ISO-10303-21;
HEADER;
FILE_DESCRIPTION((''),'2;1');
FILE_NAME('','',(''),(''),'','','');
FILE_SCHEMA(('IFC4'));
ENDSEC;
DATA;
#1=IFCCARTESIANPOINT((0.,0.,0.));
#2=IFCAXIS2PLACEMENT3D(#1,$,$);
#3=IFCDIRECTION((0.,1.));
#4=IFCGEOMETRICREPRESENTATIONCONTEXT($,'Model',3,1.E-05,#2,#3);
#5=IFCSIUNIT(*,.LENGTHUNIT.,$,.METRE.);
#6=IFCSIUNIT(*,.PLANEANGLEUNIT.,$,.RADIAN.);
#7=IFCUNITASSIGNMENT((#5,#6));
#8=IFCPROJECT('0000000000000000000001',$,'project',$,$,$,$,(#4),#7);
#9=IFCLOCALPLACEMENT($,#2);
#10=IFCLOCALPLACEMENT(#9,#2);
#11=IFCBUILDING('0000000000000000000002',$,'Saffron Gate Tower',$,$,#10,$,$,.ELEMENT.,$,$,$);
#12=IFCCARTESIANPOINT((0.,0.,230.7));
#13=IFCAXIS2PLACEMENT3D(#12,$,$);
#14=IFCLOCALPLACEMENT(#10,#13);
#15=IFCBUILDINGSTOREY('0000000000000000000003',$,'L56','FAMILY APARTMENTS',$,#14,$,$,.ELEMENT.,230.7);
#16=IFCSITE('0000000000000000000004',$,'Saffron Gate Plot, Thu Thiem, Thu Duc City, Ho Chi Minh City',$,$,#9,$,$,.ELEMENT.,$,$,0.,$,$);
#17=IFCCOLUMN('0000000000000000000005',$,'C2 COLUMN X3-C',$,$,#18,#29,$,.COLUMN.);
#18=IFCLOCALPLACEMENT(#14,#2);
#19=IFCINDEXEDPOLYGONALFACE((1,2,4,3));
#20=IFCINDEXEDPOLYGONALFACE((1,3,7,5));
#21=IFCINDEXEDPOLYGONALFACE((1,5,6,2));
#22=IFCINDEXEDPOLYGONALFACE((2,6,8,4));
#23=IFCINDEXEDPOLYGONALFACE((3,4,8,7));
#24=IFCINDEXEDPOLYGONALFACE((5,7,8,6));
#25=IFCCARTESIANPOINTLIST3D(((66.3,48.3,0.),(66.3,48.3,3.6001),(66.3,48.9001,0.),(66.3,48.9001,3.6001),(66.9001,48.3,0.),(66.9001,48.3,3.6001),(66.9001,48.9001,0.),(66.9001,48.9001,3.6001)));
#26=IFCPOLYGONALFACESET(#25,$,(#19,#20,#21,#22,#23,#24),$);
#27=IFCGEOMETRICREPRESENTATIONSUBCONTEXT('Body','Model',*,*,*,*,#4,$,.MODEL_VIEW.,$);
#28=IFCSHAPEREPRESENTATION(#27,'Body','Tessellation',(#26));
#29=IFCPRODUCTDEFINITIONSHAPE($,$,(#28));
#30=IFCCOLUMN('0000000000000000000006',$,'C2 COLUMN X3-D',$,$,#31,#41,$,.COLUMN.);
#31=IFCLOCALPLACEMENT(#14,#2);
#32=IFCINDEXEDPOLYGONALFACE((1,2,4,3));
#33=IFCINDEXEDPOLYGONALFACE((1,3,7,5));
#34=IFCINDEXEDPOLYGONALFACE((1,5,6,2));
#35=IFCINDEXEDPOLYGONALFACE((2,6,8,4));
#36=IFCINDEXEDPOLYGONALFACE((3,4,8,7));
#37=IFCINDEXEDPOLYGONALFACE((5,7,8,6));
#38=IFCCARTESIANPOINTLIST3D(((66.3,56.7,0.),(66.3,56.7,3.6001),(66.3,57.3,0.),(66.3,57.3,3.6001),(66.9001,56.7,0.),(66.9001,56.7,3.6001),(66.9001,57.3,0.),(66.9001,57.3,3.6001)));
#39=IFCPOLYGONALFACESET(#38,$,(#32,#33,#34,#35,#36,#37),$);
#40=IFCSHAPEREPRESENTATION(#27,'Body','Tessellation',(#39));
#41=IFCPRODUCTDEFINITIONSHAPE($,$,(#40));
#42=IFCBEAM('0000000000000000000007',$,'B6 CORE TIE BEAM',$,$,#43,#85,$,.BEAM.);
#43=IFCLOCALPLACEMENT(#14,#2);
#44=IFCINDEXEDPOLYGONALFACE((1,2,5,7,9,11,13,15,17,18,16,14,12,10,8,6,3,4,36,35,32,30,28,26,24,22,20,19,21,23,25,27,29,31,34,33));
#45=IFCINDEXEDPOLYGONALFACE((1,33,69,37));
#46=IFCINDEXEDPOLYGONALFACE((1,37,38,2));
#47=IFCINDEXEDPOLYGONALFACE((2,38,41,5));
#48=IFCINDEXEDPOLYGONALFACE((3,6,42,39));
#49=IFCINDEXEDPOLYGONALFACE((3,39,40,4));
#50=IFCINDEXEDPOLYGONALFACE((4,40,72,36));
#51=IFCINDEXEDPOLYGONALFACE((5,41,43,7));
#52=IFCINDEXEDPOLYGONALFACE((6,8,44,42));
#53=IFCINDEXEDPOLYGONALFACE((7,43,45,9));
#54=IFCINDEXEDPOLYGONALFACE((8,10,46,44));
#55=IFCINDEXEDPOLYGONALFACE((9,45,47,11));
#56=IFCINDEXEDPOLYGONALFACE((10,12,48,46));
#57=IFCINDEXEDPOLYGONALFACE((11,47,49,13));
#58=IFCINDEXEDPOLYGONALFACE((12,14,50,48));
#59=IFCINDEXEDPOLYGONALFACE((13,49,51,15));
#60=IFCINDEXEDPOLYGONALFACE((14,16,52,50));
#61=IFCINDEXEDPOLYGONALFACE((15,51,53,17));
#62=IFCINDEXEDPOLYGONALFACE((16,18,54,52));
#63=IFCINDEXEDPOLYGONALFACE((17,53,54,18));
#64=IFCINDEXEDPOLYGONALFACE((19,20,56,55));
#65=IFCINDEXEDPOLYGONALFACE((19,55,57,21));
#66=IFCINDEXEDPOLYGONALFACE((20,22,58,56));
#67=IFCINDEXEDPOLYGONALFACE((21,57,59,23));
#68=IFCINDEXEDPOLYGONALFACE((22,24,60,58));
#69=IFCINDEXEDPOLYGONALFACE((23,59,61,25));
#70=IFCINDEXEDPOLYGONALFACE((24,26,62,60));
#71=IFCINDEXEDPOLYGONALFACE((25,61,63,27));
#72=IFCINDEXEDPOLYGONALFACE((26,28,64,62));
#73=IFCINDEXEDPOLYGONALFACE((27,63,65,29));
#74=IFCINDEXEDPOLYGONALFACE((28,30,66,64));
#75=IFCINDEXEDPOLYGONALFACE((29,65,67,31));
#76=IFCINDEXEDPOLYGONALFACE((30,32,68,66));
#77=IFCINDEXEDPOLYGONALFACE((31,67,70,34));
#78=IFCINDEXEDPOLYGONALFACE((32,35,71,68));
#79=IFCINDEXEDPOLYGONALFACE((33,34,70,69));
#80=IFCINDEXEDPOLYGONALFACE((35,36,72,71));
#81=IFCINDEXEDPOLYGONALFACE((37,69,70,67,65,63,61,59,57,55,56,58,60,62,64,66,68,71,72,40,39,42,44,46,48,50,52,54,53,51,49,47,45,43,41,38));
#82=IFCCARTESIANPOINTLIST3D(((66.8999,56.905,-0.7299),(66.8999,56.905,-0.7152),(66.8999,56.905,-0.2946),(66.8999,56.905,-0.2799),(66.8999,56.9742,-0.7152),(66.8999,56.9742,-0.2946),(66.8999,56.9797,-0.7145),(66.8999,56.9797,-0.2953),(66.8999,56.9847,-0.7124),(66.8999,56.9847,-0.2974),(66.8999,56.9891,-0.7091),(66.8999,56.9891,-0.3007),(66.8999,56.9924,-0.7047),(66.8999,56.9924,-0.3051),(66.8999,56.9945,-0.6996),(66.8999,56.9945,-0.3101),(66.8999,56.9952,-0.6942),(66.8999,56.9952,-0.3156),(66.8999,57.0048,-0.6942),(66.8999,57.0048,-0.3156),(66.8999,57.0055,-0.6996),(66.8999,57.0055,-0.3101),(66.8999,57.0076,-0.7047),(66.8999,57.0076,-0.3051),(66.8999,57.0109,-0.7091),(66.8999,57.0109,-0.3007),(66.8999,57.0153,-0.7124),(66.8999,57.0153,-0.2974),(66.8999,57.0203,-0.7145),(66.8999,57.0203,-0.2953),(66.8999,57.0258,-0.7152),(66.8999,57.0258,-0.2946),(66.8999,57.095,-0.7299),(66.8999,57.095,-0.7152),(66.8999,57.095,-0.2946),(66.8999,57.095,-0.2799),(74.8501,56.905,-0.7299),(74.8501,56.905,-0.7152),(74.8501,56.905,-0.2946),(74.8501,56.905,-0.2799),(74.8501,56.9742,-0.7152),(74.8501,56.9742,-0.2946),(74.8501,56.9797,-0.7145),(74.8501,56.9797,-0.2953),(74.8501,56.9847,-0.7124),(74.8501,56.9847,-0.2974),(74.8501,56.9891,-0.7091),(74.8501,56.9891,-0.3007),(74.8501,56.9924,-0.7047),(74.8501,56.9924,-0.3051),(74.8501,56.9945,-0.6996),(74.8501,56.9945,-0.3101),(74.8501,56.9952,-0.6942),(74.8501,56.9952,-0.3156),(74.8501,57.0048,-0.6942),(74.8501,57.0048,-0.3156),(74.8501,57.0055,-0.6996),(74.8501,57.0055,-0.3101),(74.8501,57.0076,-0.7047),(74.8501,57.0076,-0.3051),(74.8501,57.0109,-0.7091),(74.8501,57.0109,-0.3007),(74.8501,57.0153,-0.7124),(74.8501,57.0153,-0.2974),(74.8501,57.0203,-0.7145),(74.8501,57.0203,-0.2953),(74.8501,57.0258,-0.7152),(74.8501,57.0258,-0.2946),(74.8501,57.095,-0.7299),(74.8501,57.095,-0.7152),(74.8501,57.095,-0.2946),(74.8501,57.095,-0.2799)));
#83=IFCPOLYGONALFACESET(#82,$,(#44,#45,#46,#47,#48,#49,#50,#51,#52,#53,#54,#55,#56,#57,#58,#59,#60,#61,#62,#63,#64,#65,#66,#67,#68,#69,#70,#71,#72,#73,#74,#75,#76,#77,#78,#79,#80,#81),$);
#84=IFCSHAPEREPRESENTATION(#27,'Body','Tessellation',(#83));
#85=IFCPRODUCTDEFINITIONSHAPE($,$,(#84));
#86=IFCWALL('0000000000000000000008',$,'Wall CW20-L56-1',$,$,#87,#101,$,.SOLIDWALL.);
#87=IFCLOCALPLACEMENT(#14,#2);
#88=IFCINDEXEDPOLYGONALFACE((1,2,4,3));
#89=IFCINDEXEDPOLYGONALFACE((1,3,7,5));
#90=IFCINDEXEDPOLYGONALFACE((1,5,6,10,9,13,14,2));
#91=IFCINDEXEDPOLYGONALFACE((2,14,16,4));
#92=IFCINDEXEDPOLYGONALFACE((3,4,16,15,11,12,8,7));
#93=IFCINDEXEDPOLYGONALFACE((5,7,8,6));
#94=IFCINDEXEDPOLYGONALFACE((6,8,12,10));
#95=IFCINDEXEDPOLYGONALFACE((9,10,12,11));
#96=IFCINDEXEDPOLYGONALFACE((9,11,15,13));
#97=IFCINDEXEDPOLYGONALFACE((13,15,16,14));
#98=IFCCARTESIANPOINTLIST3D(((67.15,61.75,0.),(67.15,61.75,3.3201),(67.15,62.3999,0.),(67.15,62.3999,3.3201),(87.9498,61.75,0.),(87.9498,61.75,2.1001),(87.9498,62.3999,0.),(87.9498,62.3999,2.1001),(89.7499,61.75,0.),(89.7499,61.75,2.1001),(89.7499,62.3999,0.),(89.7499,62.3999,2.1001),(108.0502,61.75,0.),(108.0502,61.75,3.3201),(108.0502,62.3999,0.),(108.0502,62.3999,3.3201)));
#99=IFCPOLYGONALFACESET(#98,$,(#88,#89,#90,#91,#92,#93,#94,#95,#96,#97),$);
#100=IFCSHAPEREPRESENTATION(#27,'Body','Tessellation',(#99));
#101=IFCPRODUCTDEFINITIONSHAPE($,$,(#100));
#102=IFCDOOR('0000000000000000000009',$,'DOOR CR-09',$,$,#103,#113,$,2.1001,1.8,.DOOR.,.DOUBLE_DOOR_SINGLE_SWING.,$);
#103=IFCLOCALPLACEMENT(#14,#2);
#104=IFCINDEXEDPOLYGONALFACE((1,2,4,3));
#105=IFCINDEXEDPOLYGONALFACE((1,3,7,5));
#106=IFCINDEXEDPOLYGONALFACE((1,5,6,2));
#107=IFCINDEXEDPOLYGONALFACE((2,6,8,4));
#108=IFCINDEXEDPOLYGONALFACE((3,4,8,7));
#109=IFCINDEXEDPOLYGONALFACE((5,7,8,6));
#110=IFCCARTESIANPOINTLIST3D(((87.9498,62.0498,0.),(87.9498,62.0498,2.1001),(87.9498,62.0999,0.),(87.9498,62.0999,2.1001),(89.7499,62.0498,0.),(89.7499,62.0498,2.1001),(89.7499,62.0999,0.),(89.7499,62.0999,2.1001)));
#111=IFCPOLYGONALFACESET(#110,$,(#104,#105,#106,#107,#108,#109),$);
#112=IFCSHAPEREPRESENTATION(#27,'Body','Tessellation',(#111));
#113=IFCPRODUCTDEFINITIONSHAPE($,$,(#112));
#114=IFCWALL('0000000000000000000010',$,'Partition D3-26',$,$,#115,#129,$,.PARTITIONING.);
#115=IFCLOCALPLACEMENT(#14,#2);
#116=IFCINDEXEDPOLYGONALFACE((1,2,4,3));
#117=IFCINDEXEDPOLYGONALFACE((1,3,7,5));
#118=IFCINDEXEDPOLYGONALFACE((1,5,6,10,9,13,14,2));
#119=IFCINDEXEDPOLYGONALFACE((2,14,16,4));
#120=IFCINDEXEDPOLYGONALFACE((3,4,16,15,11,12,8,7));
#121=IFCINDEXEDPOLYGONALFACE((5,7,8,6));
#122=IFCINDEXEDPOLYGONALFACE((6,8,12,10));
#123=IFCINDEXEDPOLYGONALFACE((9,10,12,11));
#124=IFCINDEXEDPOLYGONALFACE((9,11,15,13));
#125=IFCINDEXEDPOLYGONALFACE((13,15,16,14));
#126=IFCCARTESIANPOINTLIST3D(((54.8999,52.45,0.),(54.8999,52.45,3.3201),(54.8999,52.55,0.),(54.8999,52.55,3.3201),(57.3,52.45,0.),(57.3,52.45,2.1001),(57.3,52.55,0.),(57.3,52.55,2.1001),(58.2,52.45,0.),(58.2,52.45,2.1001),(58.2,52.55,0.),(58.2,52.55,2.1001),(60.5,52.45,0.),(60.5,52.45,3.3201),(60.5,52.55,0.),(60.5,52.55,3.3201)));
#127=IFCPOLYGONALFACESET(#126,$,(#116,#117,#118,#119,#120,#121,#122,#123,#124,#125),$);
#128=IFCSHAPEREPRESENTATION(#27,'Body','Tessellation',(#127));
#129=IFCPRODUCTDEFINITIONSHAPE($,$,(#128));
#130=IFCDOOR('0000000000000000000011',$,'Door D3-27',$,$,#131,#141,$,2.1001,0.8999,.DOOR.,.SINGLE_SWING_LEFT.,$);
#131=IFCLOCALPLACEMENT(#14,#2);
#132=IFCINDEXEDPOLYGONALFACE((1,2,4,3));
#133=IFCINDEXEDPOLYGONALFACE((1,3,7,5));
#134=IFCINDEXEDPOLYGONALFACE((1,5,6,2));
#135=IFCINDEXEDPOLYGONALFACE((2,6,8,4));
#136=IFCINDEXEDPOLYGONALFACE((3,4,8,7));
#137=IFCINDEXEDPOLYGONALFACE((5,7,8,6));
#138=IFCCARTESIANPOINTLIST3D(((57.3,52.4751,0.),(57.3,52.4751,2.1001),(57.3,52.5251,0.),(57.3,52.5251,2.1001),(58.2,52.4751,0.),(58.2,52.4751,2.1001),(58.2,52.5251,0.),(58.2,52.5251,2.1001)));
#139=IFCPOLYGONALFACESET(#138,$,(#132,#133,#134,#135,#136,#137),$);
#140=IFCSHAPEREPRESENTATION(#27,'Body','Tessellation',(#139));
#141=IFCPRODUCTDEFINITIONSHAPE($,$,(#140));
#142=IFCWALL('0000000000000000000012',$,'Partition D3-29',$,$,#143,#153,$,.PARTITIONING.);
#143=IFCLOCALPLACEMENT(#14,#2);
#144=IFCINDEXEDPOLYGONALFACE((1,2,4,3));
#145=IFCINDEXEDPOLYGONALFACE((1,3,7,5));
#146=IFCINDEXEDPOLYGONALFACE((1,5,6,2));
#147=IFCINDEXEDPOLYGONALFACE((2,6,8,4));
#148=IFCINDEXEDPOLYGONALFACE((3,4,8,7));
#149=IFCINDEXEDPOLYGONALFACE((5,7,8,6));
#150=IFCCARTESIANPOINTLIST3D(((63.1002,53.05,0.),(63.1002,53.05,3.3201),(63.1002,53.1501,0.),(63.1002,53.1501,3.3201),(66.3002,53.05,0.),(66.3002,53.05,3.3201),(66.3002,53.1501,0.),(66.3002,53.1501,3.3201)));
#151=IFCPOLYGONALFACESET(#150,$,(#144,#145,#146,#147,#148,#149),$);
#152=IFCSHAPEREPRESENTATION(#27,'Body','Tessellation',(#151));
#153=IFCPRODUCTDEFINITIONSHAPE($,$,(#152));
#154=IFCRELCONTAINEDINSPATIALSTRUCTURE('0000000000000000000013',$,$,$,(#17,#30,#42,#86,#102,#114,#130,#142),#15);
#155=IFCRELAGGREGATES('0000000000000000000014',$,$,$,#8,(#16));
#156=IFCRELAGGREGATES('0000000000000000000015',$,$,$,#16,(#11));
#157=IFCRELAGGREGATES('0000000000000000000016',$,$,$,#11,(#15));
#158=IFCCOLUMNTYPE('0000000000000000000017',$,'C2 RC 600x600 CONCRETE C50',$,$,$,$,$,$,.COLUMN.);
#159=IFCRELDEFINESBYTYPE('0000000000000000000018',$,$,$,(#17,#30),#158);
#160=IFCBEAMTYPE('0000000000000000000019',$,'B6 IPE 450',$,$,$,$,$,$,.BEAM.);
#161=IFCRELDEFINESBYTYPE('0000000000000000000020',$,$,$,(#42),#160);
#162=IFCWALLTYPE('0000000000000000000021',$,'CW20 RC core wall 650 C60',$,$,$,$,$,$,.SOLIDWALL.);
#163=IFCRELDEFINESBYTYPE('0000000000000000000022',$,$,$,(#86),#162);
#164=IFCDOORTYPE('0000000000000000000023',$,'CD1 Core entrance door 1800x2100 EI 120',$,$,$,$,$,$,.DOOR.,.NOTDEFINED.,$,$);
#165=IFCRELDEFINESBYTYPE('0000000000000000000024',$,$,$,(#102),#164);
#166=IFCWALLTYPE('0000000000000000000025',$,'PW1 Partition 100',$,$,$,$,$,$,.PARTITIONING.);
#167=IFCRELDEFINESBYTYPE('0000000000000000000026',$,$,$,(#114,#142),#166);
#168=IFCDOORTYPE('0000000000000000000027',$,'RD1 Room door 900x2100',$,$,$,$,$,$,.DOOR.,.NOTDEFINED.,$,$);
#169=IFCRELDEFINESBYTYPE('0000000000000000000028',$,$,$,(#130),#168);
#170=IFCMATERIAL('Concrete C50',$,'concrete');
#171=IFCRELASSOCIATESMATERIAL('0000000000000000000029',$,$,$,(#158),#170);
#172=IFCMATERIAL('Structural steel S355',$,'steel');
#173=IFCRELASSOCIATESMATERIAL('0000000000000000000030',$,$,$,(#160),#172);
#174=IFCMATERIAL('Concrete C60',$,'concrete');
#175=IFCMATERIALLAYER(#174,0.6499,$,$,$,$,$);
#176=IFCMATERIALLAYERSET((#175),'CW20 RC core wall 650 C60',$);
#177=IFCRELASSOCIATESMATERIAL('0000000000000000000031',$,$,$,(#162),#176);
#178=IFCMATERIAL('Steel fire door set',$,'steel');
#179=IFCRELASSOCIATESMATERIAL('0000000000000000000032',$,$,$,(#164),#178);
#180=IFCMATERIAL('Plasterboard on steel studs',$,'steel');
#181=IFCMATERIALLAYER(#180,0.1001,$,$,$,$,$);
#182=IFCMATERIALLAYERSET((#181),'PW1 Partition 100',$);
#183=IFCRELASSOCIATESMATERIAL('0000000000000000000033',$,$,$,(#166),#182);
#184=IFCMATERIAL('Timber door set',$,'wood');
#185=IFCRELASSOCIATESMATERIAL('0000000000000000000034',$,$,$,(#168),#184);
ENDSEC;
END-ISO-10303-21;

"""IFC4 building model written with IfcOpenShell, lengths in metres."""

from ifc_helpers import new_model, si_unit, direction, frame, frame_2d, origin, origin_2d, place, context, subcontext, project, spatial, rectangle, i_section, extrude, material, layer, layer_set, material_profile, profile_set, type_object, element, fill, save


model = new_model("IFC4")

# Units and contexts
model_context = context("Model", 3, precision=1e-05, world=origin(), true_north=direction((0.0, 1.0)))
body_context = subcontext(model_context, "Body", "Model", "MODEL_VIEW")
ifc_project = project(units=[si_unit("LENGTHUNIT", "METRE"), si_unit("PLANEANGLEUNIT", "RADIAN")], contexts=[model_context])

# Site, building, storey
site_placement = place(None, origin())
site = spatial("IfcSite", under=ifc_project, at=site_placement, Name="Saffron Gate Plot, Thu Thiem, Thu Duc City, Ho Chi Minh City", CompositionType="ELEMENT", RefElevation=0.0)
building_placement = place(site_placement, origin())
building = spatial("IfcBuilding", under=site, at=building_placement, Name="Saffron Gate Tower", CompositionType="ELEMENT")
storey_placement = place(building_placement, frame((0.0, 0.0, 230.7)))
storey = spatial("IfcBuildingStorey", under=building, at=storey_placement, Name="L56", Description="FAMILY APARTMENTS", CompositionType="ELEMENT", Elevation=230.7)

# Columns
ifc_material_1 = material(Name="Concrete C50", Category="concrete")
ifc_material_profile_1 = material_profile(ifc_material_1, rectangle(XDim=0.6001, YDim=0.6001, at=origin_2d()))
ifc_profile_set_1 = profile_set([ifc_material_profile_1], Name="Concrete C50")
column_type = type_object("IfcColumnType", Name="C2 RC 600x600 CONCRETE C50", PredefinedType="COLUMN", material=ifc_profile_set_1)
for number, where, z_axis, x_axis, name in (
    (1, (66.6001, 48.6001, 0.0), (0.0, 0.0, 1.0), (1.0, 0.0, 0.0), "C2 COLUMN X3-C"),
    (2, (66.6001, 57.0, 0.0), (0.0, 0.0, 1.0), (1.0, 0.0, 0.0), "C2 COLUMN X3-D"),
):
    element("IfcColumn", number, at=place(storey_placement, frame(where, z_axis=z_axis, x_axis=x_axis)), inside=storey, type_object=column_type, Name=name, PredefinedType="COLUMN", context=body_context, shape_type="SweptSolid", body=[
        extrude(rectangle(XDim=0.6001, YDim=0.6001, at=origin_2d()), origin(), (0.0, 0.0, 1.0), 3.6001),
    ])

# Beam
ifc_material_2 = material(Name="Structural steel S355", Category="steel")
ifc_material_profile_2 = material_profile(ifc_material_2, i_section(OverallWidth=0.1899, OverallDepth=0.45, WebThickness=0.0095, FlangeThickness=0.0146, FilletRadius=0.021, at=origin_2d()))
ifc_profile_set_2 = profile_set([ifc_material_profile_2], Name="Structural steel S355")
beam_type = type_object("IfcBeamType", Name="B6 IPE 450", PredefinedType="BEAM", material=ifc_profile_set_2)
beam_placement = place(storey_placement, frame((66.8999, 57.0, -0.5049), z_axis=(1.0, 0.0, 0.0), x_axis=(0.0, 1.0, 0.0)))
element("IfcBeam", 3, at=beam_placement, inside=storey, type_object=beam_type, Name="B6 CORE TIE BEAM", PredefinedType="BEAM", context=body_context, shape_type="SweptSolid", body=[
    extrude(i_section(OverallWidth=0.1899, OverallDepth=0.45, WebThickness=0.0095, FlangeThickness=0.0146, FilletRadius=0.021, at=origin_2d()), origin(), (0.0, 0.0, 1.0), 7.9502),
])

# Walls, openings, doors
ifc_material_3 = material(Name="Concrete C60", Category="concrete")
ifc_layer_1 = layer(ifc_material_3, 0.6499)
ifc_layer_set_1 = layer_set([ifc_layer_1], Name="CW20 RC core wall 650 C60")
wall_type_1 = type_object("IfcWallType", Name="CW20 RC core wall 650 C60", PredefinedType="SOLIDWALL", material=ifc_layer_set_1)
wall_1_placement = place(storey_placement, frame((67.1499, 62.075, 0.0), z_axis=(0.0, 0.0, 1.0), x_axis=(1.0, 0.0, 0.0)))
wall_1 = element("IfcWall", 4, at=wall_1_placement, inside=storey, type_object=wall_type_1, Name="Wall CW20-L56-1", PredefinedType="SOLIDWALL", context=body_context, shape_type="SweptSolid", body=[
    extrude(rectangle(XDim=40.9001, YDim=0.6499, at=frame_2d((20.4502, 0.0))), origin(), (0.0, 0.0, 1.0), 3.3201),
])
opening_1_placement = place(wall_1_placement, frame((20.8, 0.0, 0.0)))
opening_1 = element("IfcOpeningElement", 5, at=opening_1_placement, cuts=wall_1, PredefinedType="OPENING", context=body_context, shape_type="SweptSolid", body=[
    extrude(rectangle(XDim=1.8, YDim=2.1001, at=frame_2d((0.8999, 1.05))), frame((0.0, 0.335, 0.0), z_axis=(0.0, -1.0, 0.0), x_axis=(1.0, 0.0, 0.0)), (0.0, 0.0, 1.0), 0.6699),
])
ifc_material_4 = material(Name="Steel fire door set", Category="steel")
door_type_1 = type_object("IfcDoorType", Name="CD1 Core entrance door 1800x2100 EI 120", OperationType="NOTDEFINED", PredefinedType="DOOR", material=ifc_material_4)
door_1_placement = place(opening_1_placement, origin())
door_1 = element("IfcDoor", 6, at=door_1_placement, inside=storey, type_object=door_type_1, Name="DOOR CR-09", OperationType="DOUBLE_DOOR_SINGLE_SWING", OverallHeight=2.1001, OverallWidth=1.8, PredefinedType="DOOR", context=body_context, shape_type="SweptSolid", body=[
    extrude(rectangle(XDim=1.8, YDim=2.1001, at=frame_2d((0.8999, 1.05))), frame((0.0, 0.0249, 0.0), z_axis=(0.0, -1.0, 0.0), x_axis=(1.0, 0.0, 0.0)), (0.0, 0.0, 1.0), 0.05),
])
fill(opening_1, door_1)
ifc_material_5 = material(Name="Plasterboard on steel studs", Category="steel")
ifc_layer_2 = layer(ifc_material_5, 0.1001)
ifc_layer_set_2 = layer_set([ifc_layer_2], Name="PW1 Partition 100")
wall_type_2 = type_object("IfcWallType", Name="PW1 Partition 100", PredefinedType="PARTITIONING", material=ifc_layer_set_2)
wall_2_placement = place(storey_placement, frame((60.5, 52.5, 0.0), z_axis=(0.0, 0.0, 1.0), x_axis=(-1.0, 0.0, 0.0)))
wall_2 = element("IfcWall", 7, at=wall_2_placement, inside=storey, type_object=wall_type_2, Name="Partition D3-26", PredefinedType="PARTITIONING", context=body_context, shape_type="SweptSolid", body=[
    extrude(rectangle(XDim=5.6001, YDim=0.1001, at=frame_2d((2.8, 0.0))), origin(), (0.0, 0.0, 1.0), 3.3201),
])
opening_2_placement = place(wall_2_placement, frame((2.3, 0.0, 0.0)))
opening_2 = element("IfcOpeningElement", 8, at=opening_2_placement, cuts=wall_2, PredefinedType="OPENING", context=body_context, shape_type="SweptSolid", body=[
    extrude(rectangle(XDim=0.8999, YDim=2.1001, at=frame_2d((0.45, 1.05))), frame((0.0, 0.0601, 0.0), z_axis=(0.0, -1.0, 0.0), x_axis=(1.0, 0.0, 0.0)), (0.0, 0.0, 1.0), 0.1201),
])
ifc_material_6 = material(Name="Timber door set", Category="wood")
door_type_2 = type_object("IfcDoorType", Name="RD1 Room door 900x2100", OperationType="NOTDEFINED", PredefinedType="DOOR", material=ifc_material_6)
door_2_placement = place(opening_2_placement, origin())
door_2 = element("IfcDoor", 9, at=door_2_placement, inside=storey, type_object=door_type_2, Name="Door D3-27", OperationType="SINGLE_SWING_LEFT", OverallHeight=2.1001, OverallWidth=0.8999, PredefinedType="DOOR", context=body_context, shape_type="SweptSolid", body=[
    extrude(rectangle(XDim=0.8999, YDim=2.1001, at=frame_2d((0.45, 1.05))), frame((0.0, 0.0249, 0.0), z_axis=(0.0, -1.0, 0.0), x_axis=(1.0, 0.0, 0.0)), (0.0, 0.0, 1.0), 0.05),
])
fill(opening_2, door_2)

# Wall
wall_3_placement = place(storey_placement, frame((63.1001, 53.1001, 0.0), z_axis=(0.0, 0.0, 1.0), x_axis=(1.0, 0.0, 0.0)))
element("IfcWall", 10, at=wall_3_placement, inside=storey, type_object=wall_type_2, Name="Partition D3-29", PredefinedType="PARTITIONING", context=body_context, shape_type="SweptSolid", body=[
    extrude(rectangle(XDim=3.2, YDim=0.1001, at=frame_2d((1.6001, 0.0))), origin(), (0.0, 0.0, 1.0), 3.3201),
])

save(model, "model.ifc")
